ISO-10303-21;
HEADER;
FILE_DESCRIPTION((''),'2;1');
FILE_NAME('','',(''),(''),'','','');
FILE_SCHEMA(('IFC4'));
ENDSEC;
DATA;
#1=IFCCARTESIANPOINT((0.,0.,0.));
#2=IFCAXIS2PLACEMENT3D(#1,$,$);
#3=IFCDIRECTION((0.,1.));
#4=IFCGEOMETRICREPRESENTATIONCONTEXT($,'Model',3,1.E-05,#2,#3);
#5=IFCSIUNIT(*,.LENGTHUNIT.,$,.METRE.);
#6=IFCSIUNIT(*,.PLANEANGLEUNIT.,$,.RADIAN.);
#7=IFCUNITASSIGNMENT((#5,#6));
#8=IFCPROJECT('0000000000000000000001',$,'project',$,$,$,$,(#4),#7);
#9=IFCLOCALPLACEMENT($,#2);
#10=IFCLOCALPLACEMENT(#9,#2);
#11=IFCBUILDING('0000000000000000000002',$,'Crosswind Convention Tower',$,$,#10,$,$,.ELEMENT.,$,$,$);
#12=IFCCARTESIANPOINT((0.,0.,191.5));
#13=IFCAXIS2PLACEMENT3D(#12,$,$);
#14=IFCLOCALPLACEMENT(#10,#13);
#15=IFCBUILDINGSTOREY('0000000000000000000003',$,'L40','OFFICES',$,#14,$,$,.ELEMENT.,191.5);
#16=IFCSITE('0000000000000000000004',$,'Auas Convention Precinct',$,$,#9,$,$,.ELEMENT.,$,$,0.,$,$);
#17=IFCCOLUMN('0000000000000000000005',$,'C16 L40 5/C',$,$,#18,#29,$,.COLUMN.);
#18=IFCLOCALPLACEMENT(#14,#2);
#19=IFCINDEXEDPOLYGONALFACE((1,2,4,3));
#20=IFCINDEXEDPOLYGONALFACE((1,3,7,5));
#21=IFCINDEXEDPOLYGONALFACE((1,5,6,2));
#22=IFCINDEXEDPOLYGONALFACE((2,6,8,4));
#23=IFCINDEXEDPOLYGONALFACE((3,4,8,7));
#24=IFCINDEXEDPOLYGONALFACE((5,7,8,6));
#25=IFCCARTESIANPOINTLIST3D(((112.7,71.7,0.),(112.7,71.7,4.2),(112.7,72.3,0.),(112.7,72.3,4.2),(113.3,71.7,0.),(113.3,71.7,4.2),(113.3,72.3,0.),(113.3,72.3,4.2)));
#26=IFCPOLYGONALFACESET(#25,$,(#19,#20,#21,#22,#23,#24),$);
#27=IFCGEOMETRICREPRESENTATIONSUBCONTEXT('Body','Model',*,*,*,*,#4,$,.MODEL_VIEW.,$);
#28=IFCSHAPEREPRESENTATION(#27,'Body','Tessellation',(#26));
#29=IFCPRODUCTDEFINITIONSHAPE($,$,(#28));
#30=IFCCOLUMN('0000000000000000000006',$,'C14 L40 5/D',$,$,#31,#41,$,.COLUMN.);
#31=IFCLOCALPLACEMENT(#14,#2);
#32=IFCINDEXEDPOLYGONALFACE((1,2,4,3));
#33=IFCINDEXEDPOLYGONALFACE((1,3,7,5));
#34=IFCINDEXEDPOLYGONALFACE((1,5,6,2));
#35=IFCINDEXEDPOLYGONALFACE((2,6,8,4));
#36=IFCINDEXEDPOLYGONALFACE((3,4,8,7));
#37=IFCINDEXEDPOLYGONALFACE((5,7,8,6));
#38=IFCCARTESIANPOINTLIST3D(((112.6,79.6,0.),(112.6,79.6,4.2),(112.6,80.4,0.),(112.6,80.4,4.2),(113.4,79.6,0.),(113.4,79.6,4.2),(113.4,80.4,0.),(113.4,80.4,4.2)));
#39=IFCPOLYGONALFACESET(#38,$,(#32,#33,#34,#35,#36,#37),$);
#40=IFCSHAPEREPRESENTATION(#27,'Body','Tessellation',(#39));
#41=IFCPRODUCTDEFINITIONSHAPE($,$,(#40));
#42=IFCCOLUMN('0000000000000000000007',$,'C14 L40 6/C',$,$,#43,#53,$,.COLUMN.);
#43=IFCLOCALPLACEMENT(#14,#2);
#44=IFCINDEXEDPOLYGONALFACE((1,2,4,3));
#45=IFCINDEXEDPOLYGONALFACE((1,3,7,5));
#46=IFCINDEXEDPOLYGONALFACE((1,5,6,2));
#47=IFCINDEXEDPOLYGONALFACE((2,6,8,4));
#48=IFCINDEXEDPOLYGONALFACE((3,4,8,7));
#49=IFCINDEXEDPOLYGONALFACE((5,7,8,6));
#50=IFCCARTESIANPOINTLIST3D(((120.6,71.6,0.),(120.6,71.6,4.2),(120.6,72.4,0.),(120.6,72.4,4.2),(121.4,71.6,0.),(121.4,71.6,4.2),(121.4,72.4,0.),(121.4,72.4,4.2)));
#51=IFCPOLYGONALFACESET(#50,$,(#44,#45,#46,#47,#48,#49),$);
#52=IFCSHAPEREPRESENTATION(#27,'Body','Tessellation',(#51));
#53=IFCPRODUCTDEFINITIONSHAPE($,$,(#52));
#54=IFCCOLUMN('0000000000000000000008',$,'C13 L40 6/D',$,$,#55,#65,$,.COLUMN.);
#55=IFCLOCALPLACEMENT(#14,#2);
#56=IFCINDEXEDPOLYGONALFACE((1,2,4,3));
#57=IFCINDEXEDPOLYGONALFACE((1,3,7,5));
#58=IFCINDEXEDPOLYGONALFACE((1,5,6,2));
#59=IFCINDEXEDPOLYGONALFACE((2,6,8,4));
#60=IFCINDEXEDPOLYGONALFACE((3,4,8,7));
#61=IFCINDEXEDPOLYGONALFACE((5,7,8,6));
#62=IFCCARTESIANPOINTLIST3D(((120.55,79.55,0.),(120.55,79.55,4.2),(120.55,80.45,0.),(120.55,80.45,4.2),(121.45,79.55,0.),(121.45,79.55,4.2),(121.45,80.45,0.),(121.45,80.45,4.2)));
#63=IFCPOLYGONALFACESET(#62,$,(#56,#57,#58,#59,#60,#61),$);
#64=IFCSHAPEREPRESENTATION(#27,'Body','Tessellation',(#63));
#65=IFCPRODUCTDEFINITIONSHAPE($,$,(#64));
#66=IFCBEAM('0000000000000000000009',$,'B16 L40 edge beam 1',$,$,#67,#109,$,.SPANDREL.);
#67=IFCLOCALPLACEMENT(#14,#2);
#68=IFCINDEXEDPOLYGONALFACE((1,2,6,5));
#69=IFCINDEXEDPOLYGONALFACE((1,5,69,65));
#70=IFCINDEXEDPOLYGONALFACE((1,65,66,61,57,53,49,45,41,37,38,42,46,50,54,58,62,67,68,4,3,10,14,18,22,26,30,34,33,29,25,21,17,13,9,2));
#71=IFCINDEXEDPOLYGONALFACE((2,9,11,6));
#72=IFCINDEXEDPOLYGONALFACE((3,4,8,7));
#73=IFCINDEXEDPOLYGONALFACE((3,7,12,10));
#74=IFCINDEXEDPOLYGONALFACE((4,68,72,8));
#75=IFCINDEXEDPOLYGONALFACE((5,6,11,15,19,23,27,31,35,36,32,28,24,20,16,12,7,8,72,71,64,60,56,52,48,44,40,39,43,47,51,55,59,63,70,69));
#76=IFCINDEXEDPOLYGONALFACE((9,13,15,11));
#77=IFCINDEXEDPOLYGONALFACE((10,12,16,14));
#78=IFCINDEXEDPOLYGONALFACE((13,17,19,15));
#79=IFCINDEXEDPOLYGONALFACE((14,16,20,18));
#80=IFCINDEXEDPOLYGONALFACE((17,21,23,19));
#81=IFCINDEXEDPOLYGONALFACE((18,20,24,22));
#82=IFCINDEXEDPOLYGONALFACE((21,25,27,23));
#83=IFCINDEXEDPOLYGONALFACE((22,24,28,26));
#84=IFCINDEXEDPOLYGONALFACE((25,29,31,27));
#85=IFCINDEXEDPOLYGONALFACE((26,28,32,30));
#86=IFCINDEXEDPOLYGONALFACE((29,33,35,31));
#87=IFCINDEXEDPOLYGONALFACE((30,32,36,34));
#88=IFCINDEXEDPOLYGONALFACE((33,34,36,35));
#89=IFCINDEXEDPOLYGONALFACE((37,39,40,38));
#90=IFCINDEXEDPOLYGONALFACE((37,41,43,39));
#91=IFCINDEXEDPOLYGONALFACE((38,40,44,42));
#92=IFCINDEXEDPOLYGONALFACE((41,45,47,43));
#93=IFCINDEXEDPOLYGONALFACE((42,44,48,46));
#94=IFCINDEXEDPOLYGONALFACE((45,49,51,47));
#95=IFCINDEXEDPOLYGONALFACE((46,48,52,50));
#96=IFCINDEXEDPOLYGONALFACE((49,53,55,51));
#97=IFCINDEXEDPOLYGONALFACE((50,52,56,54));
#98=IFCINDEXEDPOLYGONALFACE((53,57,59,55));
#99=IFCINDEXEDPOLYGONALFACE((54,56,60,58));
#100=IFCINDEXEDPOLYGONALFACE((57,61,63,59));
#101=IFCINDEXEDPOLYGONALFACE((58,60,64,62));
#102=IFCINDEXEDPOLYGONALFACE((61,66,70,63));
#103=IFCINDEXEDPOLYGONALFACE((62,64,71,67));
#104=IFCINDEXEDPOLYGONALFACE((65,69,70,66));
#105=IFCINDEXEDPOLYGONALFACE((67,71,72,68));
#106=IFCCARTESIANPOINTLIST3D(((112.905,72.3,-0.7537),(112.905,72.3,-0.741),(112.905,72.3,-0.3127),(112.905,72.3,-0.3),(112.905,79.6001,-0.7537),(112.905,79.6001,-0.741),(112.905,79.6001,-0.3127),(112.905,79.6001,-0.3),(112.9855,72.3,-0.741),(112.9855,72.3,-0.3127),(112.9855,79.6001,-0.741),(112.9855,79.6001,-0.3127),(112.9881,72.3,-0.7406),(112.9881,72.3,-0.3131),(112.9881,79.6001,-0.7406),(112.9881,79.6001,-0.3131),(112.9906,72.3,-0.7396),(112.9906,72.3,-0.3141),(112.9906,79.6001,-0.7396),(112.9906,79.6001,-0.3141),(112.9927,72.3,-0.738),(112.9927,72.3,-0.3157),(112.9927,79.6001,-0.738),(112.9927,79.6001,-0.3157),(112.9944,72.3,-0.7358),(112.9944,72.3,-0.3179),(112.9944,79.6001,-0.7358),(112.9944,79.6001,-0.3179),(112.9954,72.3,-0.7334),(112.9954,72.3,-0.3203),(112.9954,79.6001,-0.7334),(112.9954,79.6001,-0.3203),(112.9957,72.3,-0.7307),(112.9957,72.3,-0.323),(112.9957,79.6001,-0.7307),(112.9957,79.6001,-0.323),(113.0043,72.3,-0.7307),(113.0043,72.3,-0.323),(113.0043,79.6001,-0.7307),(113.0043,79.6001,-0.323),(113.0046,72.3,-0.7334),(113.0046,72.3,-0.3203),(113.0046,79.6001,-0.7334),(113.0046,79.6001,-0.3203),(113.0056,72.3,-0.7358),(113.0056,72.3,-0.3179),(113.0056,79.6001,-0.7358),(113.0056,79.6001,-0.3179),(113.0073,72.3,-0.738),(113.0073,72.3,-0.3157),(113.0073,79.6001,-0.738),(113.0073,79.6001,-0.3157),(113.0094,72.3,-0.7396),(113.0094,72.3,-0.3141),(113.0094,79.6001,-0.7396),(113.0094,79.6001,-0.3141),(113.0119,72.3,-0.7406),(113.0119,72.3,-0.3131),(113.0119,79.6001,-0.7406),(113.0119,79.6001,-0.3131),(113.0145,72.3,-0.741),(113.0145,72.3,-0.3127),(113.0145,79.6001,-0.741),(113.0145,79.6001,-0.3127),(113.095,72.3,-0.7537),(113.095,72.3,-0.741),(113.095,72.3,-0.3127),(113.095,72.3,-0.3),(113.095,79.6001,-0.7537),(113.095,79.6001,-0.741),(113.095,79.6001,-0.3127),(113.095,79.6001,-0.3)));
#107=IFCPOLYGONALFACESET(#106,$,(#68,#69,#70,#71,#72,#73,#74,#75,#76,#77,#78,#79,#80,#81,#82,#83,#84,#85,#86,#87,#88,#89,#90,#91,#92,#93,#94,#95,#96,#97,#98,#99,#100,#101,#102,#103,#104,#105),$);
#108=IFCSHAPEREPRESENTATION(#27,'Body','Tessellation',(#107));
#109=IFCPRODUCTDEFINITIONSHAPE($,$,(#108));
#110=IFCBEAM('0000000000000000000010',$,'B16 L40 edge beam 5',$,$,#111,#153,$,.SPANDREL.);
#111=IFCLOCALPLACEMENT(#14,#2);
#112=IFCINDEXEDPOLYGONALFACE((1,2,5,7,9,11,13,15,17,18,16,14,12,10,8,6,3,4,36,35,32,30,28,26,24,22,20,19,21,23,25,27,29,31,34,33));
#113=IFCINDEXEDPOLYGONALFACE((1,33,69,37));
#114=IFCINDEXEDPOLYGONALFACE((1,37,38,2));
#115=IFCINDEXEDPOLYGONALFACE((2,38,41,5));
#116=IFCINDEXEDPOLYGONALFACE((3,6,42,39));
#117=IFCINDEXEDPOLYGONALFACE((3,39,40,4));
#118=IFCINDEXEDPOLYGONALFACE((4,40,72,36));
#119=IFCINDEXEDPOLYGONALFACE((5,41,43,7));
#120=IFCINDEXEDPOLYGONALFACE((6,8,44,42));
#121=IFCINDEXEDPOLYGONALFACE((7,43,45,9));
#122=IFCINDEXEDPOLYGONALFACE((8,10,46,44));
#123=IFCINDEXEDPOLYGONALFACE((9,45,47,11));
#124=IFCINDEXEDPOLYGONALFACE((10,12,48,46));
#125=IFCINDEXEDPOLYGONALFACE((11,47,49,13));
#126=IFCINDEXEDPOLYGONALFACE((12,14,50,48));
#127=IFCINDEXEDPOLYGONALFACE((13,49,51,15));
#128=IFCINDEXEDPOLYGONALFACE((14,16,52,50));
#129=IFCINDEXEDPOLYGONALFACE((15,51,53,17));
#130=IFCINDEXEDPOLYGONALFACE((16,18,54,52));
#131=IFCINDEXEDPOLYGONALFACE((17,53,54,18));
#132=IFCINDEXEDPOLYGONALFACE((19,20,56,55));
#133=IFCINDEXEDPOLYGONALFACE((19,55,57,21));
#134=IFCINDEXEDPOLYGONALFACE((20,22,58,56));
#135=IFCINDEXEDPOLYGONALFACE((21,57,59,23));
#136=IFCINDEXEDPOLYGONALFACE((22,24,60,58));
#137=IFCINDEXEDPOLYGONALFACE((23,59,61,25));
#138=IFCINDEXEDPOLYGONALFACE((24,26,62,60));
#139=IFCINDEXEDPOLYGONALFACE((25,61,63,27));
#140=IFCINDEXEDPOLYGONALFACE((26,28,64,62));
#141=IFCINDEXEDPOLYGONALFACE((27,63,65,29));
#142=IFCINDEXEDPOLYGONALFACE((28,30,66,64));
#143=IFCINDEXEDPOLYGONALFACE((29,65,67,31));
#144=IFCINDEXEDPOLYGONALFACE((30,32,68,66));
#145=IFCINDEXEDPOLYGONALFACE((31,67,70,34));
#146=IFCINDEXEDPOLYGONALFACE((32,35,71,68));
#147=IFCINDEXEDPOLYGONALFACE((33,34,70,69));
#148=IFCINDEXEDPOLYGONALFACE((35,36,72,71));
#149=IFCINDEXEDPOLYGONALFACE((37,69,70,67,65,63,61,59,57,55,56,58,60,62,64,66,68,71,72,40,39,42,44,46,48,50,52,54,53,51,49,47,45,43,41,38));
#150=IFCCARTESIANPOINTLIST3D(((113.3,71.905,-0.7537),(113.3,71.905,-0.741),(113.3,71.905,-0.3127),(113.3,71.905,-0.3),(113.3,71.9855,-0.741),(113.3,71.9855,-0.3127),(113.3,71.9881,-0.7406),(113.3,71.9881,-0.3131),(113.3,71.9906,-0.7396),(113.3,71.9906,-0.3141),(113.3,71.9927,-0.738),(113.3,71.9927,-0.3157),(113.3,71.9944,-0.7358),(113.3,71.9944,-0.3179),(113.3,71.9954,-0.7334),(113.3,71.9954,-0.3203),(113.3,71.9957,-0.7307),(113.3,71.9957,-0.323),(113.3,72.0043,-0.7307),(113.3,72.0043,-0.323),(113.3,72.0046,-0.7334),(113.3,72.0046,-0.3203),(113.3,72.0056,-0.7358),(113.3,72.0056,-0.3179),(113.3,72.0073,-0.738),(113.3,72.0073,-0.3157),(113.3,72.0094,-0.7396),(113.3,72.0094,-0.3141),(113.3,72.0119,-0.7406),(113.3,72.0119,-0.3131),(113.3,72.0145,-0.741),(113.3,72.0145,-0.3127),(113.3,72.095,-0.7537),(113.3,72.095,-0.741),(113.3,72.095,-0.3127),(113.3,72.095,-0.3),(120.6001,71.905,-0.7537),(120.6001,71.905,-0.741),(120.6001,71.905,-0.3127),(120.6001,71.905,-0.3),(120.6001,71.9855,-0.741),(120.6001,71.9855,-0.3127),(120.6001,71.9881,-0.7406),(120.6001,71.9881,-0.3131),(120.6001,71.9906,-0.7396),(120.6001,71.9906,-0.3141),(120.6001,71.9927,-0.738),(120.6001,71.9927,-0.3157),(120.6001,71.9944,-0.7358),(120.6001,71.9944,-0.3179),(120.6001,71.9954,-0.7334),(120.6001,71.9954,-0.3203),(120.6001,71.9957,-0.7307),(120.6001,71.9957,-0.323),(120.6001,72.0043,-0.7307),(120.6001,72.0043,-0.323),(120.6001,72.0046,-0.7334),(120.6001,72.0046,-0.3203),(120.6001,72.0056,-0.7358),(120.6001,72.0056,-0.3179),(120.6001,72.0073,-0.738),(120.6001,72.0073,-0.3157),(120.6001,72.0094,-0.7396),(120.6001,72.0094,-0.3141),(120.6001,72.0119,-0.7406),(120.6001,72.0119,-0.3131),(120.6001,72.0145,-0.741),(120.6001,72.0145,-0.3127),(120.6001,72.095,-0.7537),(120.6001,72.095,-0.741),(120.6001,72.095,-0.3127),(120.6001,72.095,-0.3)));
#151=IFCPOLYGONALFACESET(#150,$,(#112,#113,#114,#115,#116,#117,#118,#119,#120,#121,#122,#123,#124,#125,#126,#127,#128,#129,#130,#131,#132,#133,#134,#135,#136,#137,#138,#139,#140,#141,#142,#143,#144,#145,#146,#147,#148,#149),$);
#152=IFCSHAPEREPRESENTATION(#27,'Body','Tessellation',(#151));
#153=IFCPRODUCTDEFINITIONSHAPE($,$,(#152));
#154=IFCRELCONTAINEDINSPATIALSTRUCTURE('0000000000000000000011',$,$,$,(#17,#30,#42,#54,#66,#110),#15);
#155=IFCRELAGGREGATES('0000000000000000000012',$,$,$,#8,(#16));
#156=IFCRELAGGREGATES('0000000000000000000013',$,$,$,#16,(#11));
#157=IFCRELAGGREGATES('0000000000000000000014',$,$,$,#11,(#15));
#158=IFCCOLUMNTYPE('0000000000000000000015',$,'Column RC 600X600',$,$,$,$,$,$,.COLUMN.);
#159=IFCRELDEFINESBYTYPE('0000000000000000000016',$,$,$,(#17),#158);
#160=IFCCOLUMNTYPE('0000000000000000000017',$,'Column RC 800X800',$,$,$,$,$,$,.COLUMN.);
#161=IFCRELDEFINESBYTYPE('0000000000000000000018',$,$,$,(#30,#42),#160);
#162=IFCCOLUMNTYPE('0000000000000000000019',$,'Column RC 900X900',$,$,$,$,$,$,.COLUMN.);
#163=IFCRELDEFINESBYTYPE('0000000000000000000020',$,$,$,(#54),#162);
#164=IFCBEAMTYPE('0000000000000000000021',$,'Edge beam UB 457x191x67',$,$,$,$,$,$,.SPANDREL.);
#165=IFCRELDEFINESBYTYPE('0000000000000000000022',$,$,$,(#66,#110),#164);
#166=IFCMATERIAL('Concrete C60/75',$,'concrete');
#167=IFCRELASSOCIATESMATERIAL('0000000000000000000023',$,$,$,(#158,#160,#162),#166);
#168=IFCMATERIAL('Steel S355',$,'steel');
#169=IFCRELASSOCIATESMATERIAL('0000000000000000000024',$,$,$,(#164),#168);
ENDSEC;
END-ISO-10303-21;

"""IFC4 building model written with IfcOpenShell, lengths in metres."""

from ifc_helpers import new_model, si_unit, direction, frame, origin, origin_2d, place, context, subcontext, project, spatial, rectangle, i_section, extrude, material, material_profile, profile_set, type_object, element, save


model = new_model("IFC4")

# Units and contexts
model_context = context("Model", 3, precision=1e-05, world=origin(), true_north=direction((0.0, 1.0)))
body_context = subcontext(model_context, "Body", "Model", "MODEL_VIEW")
ifc_project = project(units=[si_unit("LENGTHUNIT", "METRE"), si_unit("PLANEANGLEUNIT", "RADIAN")], contexts=[model_context])

# Site, building, storey
site_placement = place(None, origin())
site = spatial("IfcSite", under=ifc_project, at=site_placement, Name="Auas Convention Precinct", CompositionType="ELEMENT", RefElevation=0.0)
building_placement = place(site_placement, origin())
building = spatial("IfcBuilding", under=site, at=building_placement, Name="Crosswind Convention Tower", CompositionType="ELEMENT")
storey_placement = place(building_placement, frame((0.0, 0.0, 191.5)))
storey = spatial("IfcBuildingStorey", under=building, at=storey_placement, Name="L40", Description="OFFICES", CompositionType="ELEMENT", Elevation=191.5)

# Columns
ifc_material_1 = material(Name="Concrete C60/75", Category="concrete")
ifc_material_profile_1 = material_profile(ifc_material_1, rectangle(XDim=0.6001, YDim=0.6001, at=origin_2d()), Name="RC 600X600")
ifc_profile_set_1 = profile_set([ifc_material_profile_1], Name="Concrete C60/75")
column_type_1 = type_object("IfcColumnType", Name="Column RC 600X600", PredefinedType="COLUMN", material=ifc_profile_set_1)
column_1_placement = place(storey_placement, frame((113.0, 72.0, 0.0), z_axis=(0.0, 0.0, 1.0), x_axis=(1.0, 0.0, 0.0)))
element("IfcColumn", 1, at=column_1_placement, inside=storey, type_object=column_type_1, Name="C16 L40 5/C", PredefinedType="COLUMN", context=body_context, shape_type="SweptSolid", body=[
    extrude(rectangle(XDim=0.6001, YDim=0.6001, at=origin_2d()), origin(), (0.0, 0.0, 1.0), 4.2),
])
ifc_material_profile_2 = material_profile(ifc_material_1, rectangle(XDim=0.8, YDim=0.8, at=origin_2d()), Name="RC 800X800")
ifc_profile_set_2 = profile_set([ifc_material_profile_2], Name="Concrete C60/75")
column_type_2 = type_object("IfcColumnType", Name="Column RC 800X800", PredefinedType="COLUMN", material=ifc_profile_set_2)
for number, where, z_axis, x_axis, name in (
    (2, (113.0, 80.0, 0.0), (0.0, 0.0, 1.0), (1.0, 0.0, 0.0), "C14 L40 5/D"),
    (3, (121.0, 72.0, 0.0), (0.0, 0.0, 1.0), (1.0, 0.0, 0.0), "C14 L40 6/C"),
):
    element("IfcColumn", number, at=place(storey_placement, frame(where, z_axis=z_axis, x_axis=x_axis)), inside=storey, type_object=column_type_2, Name=name, PredefinedType="COLUMN", context=body_context, shape_type="SweptSolid", body=[
        extrude(rectangle(XDim=0.8, YDim=0.8, at=origin_2d()), origin(), (0.0, 0.0, 1.0), 4.2),
    ])
ifc_material_profile_3 = material_profile(ifc_material_1, rectangle(XDim=0.8999, YDim=0.8999, at=origin_2d()), Name="RC 900X900")
ifc_profile_set_3 = profile_set([ifc_material_profile_3], Name="Concrete C60/75")
column_type_3 = type_object("IfcColumnType", Name="Column RC 900X900", PredefinedType="COLUMN", material=ifc_profile_set_3)
column_2_placement = place(storey_placement, frame((121.0, 80.0, 0.0), z_axis=(0.0, 0.0, 1.0), x_axis=(1.0, 0.0, 0.0)))
element("IfcColumn", 4, at=column_2_placement, inside=storey, type_object=column_type_3, Name="C13 L40 6/D", PredefinedType="COLUMN", context=body_context, shape_type="SweptSolid", body=[
    extrude(rectangle(XDim=0.8999, YDim=0.8999, at=origin_2d()), origin(), (0.0, 0.0, 1.0), 4.2),
])

# Beams
ifc_material_2 = material(Name="Steel S355", Category="steel")
ifc_material_profile_4 = material_profile(ifc_material_2, i_section(OverallWidth=0.1899, OverallDepth=0.4536, WebThickness=0.0085, FlangeThickness=0.0127, FilletRadius=0.0103, at=origin_2d()), Name="UB 457x191x67")
ifc_profile_set_4 = profile_set([ifc_material_profile_4], Name="Steel S355")
beam_type_1 = type_object("IfcBeamType", Name="Edge beam UB 457x191x67", PredefinedType="SPANDREL", material=ifc_profile_set_4)
for number, where, z_axis, x_axis, name in (
    (5, (113.0, 72.3, -0.5269), (0.0, 1.0, 0.0), (-1.0, 0.0, 0.0), "B16 L40 edge beam 1"),
    (6, (113.3, 72.0, -0.5269), (1.0, 0.0, 0.0), (0.0, 1.0, 0.0), "B16 L40 edge beam 5"),
):
    element("IfcBeam", number, at=place(storey_placement, frame(where, z_axis=z_axis, x_axis=x_axis)), inside=storey, type_object=beam_type_1, Name=name, PredefinedType="SPANDREL", context=body_context, shape_type="SweptSolid", body=[
        extrude(i_section(OverallWidth=0.1899, OverallDepth=0.4536, WebThickness=0.0085, FlangeThickness=0.0127, FilletRadius=0.0103, at=origin_2d()), origin(), (0.0, 0.0, 1.0), 7.3),
    ])

save(model, "model.ifc")
